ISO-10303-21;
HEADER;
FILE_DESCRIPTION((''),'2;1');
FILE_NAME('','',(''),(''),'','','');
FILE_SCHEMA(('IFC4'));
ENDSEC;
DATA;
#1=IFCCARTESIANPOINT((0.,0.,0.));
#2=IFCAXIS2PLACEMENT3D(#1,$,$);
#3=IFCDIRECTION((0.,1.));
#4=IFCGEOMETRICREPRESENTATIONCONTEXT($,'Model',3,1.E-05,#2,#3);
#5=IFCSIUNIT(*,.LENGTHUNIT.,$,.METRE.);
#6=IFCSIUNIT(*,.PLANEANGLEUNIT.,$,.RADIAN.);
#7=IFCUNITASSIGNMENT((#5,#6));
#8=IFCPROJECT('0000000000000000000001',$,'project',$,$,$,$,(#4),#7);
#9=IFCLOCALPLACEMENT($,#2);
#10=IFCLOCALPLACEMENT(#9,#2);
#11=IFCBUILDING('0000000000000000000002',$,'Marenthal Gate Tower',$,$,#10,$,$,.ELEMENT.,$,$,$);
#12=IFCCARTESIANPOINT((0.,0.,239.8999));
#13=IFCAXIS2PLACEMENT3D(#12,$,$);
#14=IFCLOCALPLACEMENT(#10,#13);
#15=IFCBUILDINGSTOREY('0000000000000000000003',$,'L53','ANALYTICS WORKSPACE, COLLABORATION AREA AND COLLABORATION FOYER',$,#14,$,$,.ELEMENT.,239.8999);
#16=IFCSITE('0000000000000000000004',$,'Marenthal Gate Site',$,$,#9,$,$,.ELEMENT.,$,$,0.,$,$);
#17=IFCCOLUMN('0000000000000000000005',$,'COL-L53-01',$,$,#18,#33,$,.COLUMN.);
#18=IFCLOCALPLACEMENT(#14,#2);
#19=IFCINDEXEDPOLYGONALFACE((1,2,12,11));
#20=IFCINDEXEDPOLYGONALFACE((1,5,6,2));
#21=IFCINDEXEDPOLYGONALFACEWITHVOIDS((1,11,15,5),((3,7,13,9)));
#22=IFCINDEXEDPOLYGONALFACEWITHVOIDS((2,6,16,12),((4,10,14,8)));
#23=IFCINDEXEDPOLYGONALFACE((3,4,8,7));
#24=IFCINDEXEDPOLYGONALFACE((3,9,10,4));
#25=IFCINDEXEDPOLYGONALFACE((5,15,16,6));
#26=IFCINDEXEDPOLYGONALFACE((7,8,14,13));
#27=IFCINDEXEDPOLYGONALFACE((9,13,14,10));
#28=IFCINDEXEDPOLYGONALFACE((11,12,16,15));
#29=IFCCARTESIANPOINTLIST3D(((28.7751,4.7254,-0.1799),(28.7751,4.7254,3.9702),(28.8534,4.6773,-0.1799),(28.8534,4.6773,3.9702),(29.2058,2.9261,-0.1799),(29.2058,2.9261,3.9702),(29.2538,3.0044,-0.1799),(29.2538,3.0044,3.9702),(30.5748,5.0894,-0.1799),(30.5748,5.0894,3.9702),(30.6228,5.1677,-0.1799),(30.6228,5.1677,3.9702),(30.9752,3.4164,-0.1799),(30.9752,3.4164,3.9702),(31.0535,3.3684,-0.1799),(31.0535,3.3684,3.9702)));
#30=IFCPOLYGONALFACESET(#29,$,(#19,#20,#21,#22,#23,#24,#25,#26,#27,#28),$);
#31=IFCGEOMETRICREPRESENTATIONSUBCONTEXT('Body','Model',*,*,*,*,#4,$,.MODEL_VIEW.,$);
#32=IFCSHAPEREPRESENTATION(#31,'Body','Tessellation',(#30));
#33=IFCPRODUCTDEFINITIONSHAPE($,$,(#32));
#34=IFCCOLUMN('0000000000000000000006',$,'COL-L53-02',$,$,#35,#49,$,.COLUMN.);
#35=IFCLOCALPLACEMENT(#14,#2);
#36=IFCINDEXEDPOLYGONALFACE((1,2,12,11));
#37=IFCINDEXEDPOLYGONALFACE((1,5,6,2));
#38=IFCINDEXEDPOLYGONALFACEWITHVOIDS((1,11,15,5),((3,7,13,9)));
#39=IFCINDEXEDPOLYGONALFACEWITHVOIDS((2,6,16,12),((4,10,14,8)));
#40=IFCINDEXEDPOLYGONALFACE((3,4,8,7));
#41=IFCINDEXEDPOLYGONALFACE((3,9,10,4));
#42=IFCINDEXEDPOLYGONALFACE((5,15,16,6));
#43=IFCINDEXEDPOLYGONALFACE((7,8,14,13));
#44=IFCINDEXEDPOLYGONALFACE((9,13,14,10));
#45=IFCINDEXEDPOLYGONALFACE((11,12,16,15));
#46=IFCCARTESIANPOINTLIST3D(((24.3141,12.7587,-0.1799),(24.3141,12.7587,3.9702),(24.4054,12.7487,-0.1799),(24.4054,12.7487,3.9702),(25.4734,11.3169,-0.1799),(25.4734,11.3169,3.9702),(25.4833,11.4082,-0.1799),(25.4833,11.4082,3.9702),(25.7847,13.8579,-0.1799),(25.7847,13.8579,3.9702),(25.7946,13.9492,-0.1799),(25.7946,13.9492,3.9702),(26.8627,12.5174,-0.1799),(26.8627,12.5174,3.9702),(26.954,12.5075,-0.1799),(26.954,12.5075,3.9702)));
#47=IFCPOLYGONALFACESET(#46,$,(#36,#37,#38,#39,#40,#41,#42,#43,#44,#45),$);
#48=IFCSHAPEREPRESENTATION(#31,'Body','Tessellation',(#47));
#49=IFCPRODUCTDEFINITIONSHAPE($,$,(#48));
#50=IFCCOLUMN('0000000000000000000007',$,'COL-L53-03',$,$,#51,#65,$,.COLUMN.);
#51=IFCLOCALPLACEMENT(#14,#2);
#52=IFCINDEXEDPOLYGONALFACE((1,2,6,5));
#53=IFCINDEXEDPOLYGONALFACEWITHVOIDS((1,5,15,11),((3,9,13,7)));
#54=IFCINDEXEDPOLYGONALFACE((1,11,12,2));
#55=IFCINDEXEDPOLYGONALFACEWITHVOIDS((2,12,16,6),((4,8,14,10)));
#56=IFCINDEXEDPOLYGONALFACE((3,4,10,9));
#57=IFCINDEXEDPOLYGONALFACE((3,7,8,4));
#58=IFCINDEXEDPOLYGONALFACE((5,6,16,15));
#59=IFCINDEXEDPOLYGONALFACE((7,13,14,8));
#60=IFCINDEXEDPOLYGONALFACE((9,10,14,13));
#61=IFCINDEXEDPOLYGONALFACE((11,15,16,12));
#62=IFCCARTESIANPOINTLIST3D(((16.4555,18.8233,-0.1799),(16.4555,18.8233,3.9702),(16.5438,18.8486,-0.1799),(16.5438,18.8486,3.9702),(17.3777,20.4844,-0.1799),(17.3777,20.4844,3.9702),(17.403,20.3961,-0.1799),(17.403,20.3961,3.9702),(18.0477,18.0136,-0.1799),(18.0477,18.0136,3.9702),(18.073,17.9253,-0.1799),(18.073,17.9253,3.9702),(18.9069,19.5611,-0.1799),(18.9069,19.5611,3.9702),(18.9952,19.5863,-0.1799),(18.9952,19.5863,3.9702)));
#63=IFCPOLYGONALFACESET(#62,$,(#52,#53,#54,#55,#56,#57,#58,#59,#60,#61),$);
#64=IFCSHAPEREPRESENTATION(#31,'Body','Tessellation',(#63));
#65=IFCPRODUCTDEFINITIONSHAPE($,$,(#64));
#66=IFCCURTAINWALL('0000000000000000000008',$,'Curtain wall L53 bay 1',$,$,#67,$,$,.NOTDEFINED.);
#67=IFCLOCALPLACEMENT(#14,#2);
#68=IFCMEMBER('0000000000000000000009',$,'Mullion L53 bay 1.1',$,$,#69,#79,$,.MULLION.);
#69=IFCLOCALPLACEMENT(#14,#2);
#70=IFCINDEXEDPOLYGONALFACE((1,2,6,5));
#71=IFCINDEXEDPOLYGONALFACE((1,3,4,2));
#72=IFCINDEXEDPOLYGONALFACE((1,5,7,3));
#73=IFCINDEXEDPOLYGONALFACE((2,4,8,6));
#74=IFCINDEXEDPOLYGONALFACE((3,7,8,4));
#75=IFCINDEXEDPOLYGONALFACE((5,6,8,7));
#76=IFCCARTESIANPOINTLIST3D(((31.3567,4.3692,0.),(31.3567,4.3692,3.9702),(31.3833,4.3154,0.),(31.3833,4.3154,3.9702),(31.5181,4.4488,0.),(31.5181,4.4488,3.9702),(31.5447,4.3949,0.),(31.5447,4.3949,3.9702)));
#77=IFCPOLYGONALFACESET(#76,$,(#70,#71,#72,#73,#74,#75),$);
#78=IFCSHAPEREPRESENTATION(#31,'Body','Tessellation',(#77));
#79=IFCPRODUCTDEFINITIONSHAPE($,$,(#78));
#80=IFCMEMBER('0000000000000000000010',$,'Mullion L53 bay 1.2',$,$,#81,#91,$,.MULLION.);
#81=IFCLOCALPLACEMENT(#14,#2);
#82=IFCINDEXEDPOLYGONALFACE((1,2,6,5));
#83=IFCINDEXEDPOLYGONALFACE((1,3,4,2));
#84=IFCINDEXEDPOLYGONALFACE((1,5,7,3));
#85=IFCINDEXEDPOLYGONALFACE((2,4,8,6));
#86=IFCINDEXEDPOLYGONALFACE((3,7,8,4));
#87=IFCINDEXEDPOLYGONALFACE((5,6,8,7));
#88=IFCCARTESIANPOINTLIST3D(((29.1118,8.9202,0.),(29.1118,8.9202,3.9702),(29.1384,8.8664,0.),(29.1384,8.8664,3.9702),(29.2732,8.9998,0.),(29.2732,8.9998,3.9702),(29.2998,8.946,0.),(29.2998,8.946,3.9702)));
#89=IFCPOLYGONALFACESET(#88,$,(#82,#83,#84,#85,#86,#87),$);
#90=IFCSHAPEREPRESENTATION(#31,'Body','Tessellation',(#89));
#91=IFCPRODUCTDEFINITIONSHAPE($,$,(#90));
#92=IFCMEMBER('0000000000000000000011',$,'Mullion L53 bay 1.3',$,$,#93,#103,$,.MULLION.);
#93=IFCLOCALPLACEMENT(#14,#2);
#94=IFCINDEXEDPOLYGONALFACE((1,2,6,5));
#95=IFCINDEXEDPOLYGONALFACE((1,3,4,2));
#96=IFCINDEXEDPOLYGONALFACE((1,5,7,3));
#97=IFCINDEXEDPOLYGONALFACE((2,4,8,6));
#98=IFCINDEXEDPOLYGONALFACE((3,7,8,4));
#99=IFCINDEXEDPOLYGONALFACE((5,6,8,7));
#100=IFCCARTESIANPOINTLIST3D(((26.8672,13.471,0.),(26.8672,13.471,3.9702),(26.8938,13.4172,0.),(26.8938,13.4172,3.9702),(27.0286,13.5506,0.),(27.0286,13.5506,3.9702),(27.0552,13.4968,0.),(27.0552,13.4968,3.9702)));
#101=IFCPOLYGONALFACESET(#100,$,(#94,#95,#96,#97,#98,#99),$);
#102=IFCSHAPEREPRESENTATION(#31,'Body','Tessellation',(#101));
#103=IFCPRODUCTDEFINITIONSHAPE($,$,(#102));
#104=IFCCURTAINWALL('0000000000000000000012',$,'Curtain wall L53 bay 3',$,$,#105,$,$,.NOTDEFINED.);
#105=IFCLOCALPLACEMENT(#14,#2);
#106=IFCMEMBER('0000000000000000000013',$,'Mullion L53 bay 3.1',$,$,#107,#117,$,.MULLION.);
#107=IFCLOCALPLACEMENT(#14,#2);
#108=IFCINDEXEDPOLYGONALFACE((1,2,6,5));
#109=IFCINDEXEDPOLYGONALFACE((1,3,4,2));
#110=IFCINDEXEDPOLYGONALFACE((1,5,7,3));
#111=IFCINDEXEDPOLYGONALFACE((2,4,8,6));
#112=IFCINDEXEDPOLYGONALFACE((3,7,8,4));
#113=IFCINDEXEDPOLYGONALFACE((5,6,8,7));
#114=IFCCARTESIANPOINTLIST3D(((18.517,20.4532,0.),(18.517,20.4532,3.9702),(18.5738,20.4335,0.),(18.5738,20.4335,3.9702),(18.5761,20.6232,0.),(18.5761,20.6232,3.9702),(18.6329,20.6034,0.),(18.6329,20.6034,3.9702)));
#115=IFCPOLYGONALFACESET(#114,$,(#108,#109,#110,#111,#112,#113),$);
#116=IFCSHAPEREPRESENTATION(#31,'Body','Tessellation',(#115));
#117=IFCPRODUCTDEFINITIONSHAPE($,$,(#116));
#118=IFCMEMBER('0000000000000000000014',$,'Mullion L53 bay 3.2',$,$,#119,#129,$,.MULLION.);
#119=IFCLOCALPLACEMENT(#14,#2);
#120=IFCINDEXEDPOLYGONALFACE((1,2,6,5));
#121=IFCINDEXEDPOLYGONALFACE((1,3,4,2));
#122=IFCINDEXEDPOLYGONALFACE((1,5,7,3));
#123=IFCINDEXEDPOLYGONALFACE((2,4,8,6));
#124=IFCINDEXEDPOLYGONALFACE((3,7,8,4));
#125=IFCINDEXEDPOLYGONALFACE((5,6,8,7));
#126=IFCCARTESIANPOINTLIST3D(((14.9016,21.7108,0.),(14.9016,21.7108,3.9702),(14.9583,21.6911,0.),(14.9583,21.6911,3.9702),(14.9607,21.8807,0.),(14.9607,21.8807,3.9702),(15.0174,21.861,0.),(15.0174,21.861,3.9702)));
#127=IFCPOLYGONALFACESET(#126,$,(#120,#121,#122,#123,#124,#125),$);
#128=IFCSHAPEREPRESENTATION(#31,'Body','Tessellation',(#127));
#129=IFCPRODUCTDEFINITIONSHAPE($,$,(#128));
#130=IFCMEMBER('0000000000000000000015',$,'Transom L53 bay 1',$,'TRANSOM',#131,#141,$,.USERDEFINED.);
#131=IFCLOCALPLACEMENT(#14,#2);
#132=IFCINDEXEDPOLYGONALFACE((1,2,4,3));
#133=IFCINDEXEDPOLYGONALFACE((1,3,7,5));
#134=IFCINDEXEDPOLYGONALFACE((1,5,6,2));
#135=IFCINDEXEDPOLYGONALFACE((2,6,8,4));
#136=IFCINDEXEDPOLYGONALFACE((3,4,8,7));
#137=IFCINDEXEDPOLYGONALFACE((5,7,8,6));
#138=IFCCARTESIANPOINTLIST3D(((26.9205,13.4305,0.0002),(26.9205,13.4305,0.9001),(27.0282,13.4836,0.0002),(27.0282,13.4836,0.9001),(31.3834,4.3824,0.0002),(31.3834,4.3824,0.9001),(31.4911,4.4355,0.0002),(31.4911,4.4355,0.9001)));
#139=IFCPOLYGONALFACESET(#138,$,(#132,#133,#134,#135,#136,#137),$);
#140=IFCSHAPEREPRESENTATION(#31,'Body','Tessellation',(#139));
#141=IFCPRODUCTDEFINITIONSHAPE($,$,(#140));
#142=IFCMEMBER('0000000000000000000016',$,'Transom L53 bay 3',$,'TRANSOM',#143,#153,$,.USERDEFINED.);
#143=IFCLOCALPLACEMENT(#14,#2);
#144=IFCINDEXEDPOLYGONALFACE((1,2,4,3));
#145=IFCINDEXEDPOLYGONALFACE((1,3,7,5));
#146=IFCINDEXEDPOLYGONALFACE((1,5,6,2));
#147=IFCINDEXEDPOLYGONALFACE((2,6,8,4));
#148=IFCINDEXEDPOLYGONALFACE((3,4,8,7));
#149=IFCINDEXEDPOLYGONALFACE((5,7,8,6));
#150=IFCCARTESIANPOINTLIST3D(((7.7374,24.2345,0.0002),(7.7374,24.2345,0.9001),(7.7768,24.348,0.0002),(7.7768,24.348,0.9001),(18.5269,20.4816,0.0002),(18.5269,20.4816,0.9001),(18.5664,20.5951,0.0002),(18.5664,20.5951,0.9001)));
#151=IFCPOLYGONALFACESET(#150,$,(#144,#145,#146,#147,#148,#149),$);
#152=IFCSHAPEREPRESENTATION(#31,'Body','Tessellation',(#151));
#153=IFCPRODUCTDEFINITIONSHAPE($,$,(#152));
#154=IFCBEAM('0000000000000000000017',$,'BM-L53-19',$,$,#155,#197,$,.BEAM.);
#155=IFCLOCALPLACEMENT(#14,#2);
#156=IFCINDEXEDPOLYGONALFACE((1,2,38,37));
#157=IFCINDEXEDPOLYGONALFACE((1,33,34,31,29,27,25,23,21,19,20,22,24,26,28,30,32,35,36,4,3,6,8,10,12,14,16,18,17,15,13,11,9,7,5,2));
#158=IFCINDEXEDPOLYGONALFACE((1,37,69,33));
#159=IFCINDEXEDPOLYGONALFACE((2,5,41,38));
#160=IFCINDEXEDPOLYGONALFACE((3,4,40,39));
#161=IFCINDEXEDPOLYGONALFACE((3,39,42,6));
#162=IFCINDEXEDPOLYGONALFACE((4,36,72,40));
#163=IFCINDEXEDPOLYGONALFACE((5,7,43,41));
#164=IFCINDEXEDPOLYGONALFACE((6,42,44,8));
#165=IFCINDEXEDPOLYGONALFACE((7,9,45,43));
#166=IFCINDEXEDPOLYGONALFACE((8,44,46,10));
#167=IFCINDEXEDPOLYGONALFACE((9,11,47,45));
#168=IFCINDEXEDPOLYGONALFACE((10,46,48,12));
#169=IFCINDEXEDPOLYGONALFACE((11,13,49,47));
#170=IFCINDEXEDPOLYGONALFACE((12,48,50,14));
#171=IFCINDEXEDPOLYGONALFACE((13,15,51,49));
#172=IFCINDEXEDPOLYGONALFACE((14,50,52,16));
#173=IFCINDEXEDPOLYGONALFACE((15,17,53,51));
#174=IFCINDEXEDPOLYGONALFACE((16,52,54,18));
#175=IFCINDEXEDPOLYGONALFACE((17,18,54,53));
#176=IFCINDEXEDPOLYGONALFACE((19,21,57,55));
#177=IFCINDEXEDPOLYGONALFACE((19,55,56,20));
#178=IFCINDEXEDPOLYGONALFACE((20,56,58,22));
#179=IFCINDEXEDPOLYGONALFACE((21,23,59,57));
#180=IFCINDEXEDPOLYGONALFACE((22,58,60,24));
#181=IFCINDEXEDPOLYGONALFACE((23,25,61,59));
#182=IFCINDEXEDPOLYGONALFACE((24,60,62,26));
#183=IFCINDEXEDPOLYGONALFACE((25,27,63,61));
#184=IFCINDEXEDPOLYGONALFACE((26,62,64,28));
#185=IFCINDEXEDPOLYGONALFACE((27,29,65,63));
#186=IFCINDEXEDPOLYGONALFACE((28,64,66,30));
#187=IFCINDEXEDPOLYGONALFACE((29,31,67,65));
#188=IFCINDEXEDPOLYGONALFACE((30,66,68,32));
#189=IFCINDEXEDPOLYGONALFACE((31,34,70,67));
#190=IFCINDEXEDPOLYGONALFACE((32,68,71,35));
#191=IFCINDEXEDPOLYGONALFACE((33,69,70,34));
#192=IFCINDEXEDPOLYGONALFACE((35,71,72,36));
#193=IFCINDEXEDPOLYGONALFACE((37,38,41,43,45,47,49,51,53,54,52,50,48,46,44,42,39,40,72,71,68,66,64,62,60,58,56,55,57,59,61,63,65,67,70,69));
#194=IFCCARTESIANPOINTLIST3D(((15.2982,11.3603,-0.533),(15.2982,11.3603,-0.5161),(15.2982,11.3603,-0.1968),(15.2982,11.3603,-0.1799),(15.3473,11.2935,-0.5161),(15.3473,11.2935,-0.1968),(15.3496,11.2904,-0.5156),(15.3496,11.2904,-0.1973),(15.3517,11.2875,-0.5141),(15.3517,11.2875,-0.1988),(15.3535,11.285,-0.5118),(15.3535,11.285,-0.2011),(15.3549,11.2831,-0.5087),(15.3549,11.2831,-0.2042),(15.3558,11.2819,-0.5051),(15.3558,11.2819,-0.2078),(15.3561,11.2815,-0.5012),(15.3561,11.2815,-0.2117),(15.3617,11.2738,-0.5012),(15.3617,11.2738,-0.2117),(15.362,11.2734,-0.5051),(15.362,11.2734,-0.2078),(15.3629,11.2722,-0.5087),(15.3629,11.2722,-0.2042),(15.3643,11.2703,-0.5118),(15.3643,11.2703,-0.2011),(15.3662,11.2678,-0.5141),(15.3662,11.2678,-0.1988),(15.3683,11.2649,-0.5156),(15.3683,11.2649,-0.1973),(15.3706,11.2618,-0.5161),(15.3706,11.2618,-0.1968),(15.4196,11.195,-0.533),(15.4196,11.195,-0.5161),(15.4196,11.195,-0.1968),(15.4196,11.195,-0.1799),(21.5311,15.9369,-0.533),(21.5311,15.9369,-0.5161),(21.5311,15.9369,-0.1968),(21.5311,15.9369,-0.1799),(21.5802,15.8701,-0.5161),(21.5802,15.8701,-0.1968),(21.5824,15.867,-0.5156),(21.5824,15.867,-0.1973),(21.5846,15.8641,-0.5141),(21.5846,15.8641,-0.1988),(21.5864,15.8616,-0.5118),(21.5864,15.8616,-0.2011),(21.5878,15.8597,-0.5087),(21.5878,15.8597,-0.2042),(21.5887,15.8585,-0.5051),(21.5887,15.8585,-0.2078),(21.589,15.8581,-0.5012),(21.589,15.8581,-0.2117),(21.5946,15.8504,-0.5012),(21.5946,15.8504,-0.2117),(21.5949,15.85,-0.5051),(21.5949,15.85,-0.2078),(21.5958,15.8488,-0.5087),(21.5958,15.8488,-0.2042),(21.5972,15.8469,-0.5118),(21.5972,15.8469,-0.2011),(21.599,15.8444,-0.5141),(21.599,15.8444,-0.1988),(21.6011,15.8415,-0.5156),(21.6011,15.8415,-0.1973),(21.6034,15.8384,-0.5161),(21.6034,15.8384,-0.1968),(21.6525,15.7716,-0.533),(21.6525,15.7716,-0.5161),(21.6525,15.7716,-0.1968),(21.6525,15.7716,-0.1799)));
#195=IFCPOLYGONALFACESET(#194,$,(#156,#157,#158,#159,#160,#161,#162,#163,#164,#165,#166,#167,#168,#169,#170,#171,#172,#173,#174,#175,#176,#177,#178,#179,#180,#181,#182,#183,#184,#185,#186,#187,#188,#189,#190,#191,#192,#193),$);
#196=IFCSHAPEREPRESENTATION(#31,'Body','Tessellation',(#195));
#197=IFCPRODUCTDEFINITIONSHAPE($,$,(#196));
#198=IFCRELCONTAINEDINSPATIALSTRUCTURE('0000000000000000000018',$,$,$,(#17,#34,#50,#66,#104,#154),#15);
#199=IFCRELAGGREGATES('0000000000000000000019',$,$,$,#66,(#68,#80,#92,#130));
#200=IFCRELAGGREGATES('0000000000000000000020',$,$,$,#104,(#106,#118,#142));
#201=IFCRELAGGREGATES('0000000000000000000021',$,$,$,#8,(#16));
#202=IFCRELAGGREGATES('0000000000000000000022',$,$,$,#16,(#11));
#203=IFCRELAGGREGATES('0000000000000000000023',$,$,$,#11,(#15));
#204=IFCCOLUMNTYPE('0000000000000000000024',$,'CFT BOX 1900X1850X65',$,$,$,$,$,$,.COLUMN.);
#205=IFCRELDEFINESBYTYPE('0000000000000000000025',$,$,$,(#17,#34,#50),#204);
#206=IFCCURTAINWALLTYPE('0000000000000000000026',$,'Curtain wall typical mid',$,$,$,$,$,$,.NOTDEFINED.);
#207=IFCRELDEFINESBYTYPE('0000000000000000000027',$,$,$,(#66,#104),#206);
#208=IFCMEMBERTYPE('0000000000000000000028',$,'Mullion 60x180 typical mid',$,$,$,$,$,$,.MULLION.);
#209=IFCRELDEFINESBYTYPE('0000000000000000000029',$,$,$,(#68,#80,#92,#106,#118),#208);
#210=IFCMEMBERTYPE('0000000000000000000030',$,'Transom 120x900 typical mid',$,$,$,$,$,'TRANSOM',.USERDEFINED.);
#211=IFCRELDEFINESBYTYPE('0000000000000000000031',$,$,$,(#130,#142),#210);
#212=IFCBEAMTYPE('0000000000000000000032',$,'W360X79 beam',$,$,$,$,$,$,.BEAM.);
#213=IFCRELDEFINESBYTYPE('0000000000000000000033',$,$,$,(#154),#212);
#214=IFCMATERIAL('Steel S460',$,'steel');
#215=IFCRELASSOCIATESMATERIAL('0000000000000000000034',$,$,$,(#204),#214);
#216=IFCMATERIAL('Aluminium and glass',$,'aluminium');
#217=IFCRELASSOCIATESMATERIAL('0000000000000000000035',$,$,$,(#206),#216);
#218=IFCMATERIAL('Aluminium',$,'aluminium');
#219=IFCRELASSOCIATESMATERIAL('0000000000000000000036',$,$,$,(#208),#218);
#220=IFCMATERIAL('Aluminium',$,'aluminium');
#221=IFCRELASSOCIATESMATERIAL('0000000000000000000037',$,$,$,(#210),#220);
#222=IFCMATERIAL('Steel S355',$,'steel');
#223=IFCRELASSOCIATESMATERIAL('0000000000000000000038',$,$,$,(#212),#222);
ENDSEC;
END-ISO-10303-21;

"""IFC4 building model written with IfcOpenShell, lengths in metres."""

from ifc_helpers import new_model, si_unit, direction, frame, origin, origin_2d, place, context, subcontext, project, spatial, rectangle, hollow_rectangle, i_section, extrude, material, material_profile, profile_set, type_object, element, aggregate, save


model = new_model("IFC4")

# Units and contexts
model_context = context("Model", 3, precision=1e-05, world=origin(), true_north=direction((0.0, 1.0)))
body_context = subcontext(model_context, "Body", "Model", "MODEL_VIEW")
ifc_project = project(units=[si_unit("LENGTHUNIT", "METRE"), si_unit("PLANEANGLEUNIT", "RADIAN")], contexts=[model_context])

# Site, building, storey
site_placement = place(None, origin())
site = spatial("IfcSite", under=ifc_project, at=site_placement, Name="Marenthal Gate Site", CompositionType="ELEMENT", RefElevation=0.0)
building_placement = place(site_placement, origin())
building = spatial("IfcBuilding", under=site, at=building_placement, Name="Marenthal Gate Tower", CompositionType="ELEMENT")
storey_placement = place(building_placement, frame((0.0, 0.0, 239.8999)))
storey = spatial("IfcBuildingStorey", under=building, at=storey_placement, Name="L53", Description="ANALYTICS WORKSPACE, COLLABORATION AREA AND COLLABORATION FOYER", CompositionType="ELEMENT", Elevation=239.8999)

# Columns
ifc_material_1 = material(Name="Steel S460", Category="steel")
ifc_material_profile_1 = material_profile(ifc_material_1, hollow_rectangle(XDim=1.8501, YDim=1.8999, WallThickness=0.0649, at=origin_2d()), Name="CFT BOX 1900X1850X65")
ifc_material_2 = material(Name="Concrete 70 MPa", Category="concrete")
ifc_material_profile_2 = material_profile(ifc_material_2, rectangle(XDim=1.72, YDim=1.77, at=origin_2d()), Name="CFT BOX 1900X1850X65 INFILL")
ifc_profile_set_1 = profile_set([ifc_material_profile_1, ifc_material_profile_2], Name="Steel S460 shell, Concrete 70 MPa infill")
column_type = type_object("IfcColumnType", Name="CFT BOX 1900X1850X65", PredefinedType="COLUMN", material=ifc_profile_set_1)
for number, where, z_axis, x_axis, name in (
    (1, (29.9143, 4.0469, -0.1799), (0.0, 0.0, 1.0), (0.232804, -0.972524, 0.0), "COL-L53-01"),
    (2, (25.634, 12.6331, -0.1799), (0.0, 0.0, 1.0), (0.626651, -0.7793, 0.0), "COL-L53-02"),
    (3, (17.7253, 19.2048, -0.1799), (0.0, 0.0, 1.0), (0.874282, -0.485419, 0.0), "COL-L53-03"),
):
    element("IfcColumn", number, at=place(storey_placement, frame(where, z_axis=z_axis, x_axis=x_axis)), inside=storey, type_object=column_type, Name=name, PredefinedType="COLUMN", context=body_context, shape_type="SweptSolid", body=[
        extrude(hollow_rectangle(XDim=1.8501, YDim=1.8999, WallThickness=0.0649, at=origin_2d()), origin(), (0.0, 0.0, 1.0), 4.1501),
    ])

# Curtain walls, members
ifc_material_3 = material(Name="Aluminium and glass", Category="aluminium")
curtain_wall_type = type_object("IfcCurtainWallType", Name="Curtain wall typical mid", PredefinedType="NOTDEFINED", material=ifc_material_3)
curtain_wall_1_placement = place(storey_placement, origin())
curtain_wall_1 = element("IfcCurtainWall", 4, at=curtain_wall_1_placement, inside=storey, type_object=curtain_wall_type, Name="Curtain wall L53 bay 1", PredefinedType="NOTDEFINED")
ifc_material_4 = material(Name="Aluminium", Category="aluminium")
ifc_material_profile_3 = material_profile(ifc_material_4, rectangle(XDim=0.1799, YDim=0.0601, at=origin_2d()), Name="60x180 aluminium mullion")
ifc_profile_set_2 = profile_set([ifc_material_profile_3], Name="Aluminium")
member_type_1 = type_object("IfcMemberType", Name="Mullion 60x180 typical mid", PredefinedType="MULLION", material=ifc_profile_set_2)
member_1_placement = place(storey_placement, frame((31.4507, 4.3821, 0.0), z_axis=(0.0, 0.0, 1.0), x_axis=(-0.896835, -0.442364, 0.0)))
member_1 = element("IfcMember", 5, at=member_1_placement, type_object=member_type_1, Name="Mullion L53 bay 1.1", PredefinedType="MULLION", context=body_context, shape_type="SweptSolid", body=[
    extrude(rectangle(XDim=0.1799, YDim=0.0601, at=origin_2d()), origin(), (0.0, 0.0, 1.0), 3.9702),
])
member_2_placement = place(storey_placement, frame((29.2058, 8.9331, 0.0), z_axis=(0.0, 0.0, 1.0), x_axis=(-0.896835, -0.442364, 0.0)))
member_2 = element("IfcMember", 6, at=member_2_placement, type_object=member_type_1, Name="Mullion L53 bay 1.2", PredefinedType="MULLION", context=body_context, shape_type="SweptSolid", body=[
    extrude(rectangle(XDim=0.1799, YDim=0.0601, at=origin_2d()), origin(), (0.0, 0.0, 1.0), 3.9702),
])
member_3_placement = place(storey_placement, frame((26.9612, 13.4839, 0.0), z_axis=(0.0, 0.0, 1.0), x_axis=(-0.896835, -0.442364, 0.0)))
member_3 = element("IfcMember", 7, at=member_3_placement, type_object=member_type_1, Name="Mullion L53 bay 1.3", PredefinedType="MULLION", context=body_context, shape_type="SweptSolid", body=[
    extrude(rectangle(XDim=0.1799, YDim=0.0601, at=origin_2d()), origin(), (0.0, 0.0, 1.0), 3.9702),
])
curtain_wall_2_placement = place(storey_placement, origin())
curtain_wall_2 = element("IfcCurtainWall", 8, at=curtain_wall_2_placement, inside=storey, type_object=curtain_wall_type, Name="Curtain wall L53 bay 3", PredefinedType="NOTDEFINED")
member_4_placement = place(storey_placement, frame((18.575, 20.5283, 0.0), z_axis=(0.0, 0.0, 1.0), x_axis=(-0.32854, -0.94449, 0.0)))
member_4 = element("IfcMember", 9, at=member_4_placement, type_object=member_type_1, Name="Mullion L53 bay 3.1", PredefinedType="MULLION", context=body_context, shape_type="SweptSolid", body=[
    extrude(rectangle(XDim=0.1799, YDim=0.0601, at=origin_2d()), origin(), (0.0, 0.0, 1.0), 3.9702),
])
member_5_placement = place(storey_placement, frame((14.9595, 21.7859, 0.0), z_axis=(0.0, 0.0, 1.0), x_axis=(-0.32854, -0.94449, 0.0)))
member_5 = element("IfcMember", 10, at=member_5_placement, type_object=member_type_1, Name="Mullion L53 bay 3.2", PredefinedType="MULLION", context=body_context, shape_type="SweptSolid", body=[
    extrude(rectangle(XDim=0.1799, YDim=0.0601, at=origin_2d()), origin(), (0.0, 0.0, 1.0), 3.9702),
])

# Members
ifc_material_5 = material(Name="Aluminium", Category="aluminium")
ifc_material_profile_4 = material_profile(ifc_material_5, rectangle(XDim=0.1201, YDim=0.8999, at=origin_2d()), Name="120x900 aluminium transom")
ifc_profile_set_3 = profile_set([ifc_material_profile_4], Name="Aluminium")
member_type_2 = type_object("IfcMemberType", Name="Transom 120x900 typical mid", ElementType="TRANSOM", PredefinedType="USERDEFINED", material=ifc_profile_set_3)
member_6_placement = place(storey_placement, frame((31.4373, 4.4089, 0.4502), z_axis=(-0.442358, 0.896839, 0.0), x_axis=(-0.896839, -0.442358, 0.0)))
member_6 = element("IfcMember", 11, at=member_6_placement, type_object=member_type_2, Name="Transom L53 bay 1", ObjectType="TRANSOM", PredefinedType="USERDEFINED", context=body_context, shape_type="SweptSolid", body=[
    extrude(rectangle(XDim=0.1201, YDim=0.8999, at=origin_2d()), origin(), (0.0, 0.0, 1.0), 10.0889),
])
member_7_placement = place(storey_placement, frame((18.5466, 20.5383, 0.4502), z_axis=(-0.944496, 0.328524, 0.0), x_axis=(-0.328524, -0.944496, 0.0)))
member_7 = element("IfcMember", 12, at=member_7_placement, type_object=member_type_2, Name="Transom L53 bay 3", ObjectType="TRANSOM", PredefinedType="USERDEFINED", context=body_context, shape_type="SweptSolid", body=[
    extrude(rectangle(XDim=0.1201, YDim=0.8999, at=origin_2d()), origin(), (0.0, 0.0, 1.0), 11.4236),
])

# Beam
ifc_material_6 = material(Name="Steel S355", Category="steel")
ifc_material_profile_5 = material_profile(ifc_material_6, i_section(OverallWidth=0.2051, OverallDepth=0.353, WebThickness=0.0095, FlangeThickness=0.0168, FilletRadius=0.0149, at=origin_2d()), Name="W360X79")
ifc_profile_set_4 = profile_set([ifc_material_profile_5], Name="Steel S355")
beam_type_1 = type_object("IfcBeamType", Name="W360X79 beam", PredefinedType="BEAM", material=ifc_profile_set_4)
beam_1_placement = place(storey_placement, frame((21.5918, 15.8542, -0.3564), z_axis=(-0.806043, -0.591856, 0.0), x_axis=(0.591856, -0.806043, 0.0)))
element("IfcBeam", 13, at=beam_1_placement, inside=storey, type_object=beam_type_1, Name="BM-L53-19", PredefinedType="BEAM", context=body_context, shape_type="SweptSolid", body=[
    extrude(i_section(OverallWidth=0.2051, OverallDepth=0.353, WebThickness=0.0095, FlangeThickness=0.0168, FilletRadius=0.0149, at=origin_2d()), origin(), (0.0, 0.0, 1.0), 7.7327),
])

aggregate(curtain_wall_1, [member_1, member_2, member_3, member_6])
aggregate(curtain_wall_2, [member_4, member_5, member_7])

save(model, "model.ifc")
